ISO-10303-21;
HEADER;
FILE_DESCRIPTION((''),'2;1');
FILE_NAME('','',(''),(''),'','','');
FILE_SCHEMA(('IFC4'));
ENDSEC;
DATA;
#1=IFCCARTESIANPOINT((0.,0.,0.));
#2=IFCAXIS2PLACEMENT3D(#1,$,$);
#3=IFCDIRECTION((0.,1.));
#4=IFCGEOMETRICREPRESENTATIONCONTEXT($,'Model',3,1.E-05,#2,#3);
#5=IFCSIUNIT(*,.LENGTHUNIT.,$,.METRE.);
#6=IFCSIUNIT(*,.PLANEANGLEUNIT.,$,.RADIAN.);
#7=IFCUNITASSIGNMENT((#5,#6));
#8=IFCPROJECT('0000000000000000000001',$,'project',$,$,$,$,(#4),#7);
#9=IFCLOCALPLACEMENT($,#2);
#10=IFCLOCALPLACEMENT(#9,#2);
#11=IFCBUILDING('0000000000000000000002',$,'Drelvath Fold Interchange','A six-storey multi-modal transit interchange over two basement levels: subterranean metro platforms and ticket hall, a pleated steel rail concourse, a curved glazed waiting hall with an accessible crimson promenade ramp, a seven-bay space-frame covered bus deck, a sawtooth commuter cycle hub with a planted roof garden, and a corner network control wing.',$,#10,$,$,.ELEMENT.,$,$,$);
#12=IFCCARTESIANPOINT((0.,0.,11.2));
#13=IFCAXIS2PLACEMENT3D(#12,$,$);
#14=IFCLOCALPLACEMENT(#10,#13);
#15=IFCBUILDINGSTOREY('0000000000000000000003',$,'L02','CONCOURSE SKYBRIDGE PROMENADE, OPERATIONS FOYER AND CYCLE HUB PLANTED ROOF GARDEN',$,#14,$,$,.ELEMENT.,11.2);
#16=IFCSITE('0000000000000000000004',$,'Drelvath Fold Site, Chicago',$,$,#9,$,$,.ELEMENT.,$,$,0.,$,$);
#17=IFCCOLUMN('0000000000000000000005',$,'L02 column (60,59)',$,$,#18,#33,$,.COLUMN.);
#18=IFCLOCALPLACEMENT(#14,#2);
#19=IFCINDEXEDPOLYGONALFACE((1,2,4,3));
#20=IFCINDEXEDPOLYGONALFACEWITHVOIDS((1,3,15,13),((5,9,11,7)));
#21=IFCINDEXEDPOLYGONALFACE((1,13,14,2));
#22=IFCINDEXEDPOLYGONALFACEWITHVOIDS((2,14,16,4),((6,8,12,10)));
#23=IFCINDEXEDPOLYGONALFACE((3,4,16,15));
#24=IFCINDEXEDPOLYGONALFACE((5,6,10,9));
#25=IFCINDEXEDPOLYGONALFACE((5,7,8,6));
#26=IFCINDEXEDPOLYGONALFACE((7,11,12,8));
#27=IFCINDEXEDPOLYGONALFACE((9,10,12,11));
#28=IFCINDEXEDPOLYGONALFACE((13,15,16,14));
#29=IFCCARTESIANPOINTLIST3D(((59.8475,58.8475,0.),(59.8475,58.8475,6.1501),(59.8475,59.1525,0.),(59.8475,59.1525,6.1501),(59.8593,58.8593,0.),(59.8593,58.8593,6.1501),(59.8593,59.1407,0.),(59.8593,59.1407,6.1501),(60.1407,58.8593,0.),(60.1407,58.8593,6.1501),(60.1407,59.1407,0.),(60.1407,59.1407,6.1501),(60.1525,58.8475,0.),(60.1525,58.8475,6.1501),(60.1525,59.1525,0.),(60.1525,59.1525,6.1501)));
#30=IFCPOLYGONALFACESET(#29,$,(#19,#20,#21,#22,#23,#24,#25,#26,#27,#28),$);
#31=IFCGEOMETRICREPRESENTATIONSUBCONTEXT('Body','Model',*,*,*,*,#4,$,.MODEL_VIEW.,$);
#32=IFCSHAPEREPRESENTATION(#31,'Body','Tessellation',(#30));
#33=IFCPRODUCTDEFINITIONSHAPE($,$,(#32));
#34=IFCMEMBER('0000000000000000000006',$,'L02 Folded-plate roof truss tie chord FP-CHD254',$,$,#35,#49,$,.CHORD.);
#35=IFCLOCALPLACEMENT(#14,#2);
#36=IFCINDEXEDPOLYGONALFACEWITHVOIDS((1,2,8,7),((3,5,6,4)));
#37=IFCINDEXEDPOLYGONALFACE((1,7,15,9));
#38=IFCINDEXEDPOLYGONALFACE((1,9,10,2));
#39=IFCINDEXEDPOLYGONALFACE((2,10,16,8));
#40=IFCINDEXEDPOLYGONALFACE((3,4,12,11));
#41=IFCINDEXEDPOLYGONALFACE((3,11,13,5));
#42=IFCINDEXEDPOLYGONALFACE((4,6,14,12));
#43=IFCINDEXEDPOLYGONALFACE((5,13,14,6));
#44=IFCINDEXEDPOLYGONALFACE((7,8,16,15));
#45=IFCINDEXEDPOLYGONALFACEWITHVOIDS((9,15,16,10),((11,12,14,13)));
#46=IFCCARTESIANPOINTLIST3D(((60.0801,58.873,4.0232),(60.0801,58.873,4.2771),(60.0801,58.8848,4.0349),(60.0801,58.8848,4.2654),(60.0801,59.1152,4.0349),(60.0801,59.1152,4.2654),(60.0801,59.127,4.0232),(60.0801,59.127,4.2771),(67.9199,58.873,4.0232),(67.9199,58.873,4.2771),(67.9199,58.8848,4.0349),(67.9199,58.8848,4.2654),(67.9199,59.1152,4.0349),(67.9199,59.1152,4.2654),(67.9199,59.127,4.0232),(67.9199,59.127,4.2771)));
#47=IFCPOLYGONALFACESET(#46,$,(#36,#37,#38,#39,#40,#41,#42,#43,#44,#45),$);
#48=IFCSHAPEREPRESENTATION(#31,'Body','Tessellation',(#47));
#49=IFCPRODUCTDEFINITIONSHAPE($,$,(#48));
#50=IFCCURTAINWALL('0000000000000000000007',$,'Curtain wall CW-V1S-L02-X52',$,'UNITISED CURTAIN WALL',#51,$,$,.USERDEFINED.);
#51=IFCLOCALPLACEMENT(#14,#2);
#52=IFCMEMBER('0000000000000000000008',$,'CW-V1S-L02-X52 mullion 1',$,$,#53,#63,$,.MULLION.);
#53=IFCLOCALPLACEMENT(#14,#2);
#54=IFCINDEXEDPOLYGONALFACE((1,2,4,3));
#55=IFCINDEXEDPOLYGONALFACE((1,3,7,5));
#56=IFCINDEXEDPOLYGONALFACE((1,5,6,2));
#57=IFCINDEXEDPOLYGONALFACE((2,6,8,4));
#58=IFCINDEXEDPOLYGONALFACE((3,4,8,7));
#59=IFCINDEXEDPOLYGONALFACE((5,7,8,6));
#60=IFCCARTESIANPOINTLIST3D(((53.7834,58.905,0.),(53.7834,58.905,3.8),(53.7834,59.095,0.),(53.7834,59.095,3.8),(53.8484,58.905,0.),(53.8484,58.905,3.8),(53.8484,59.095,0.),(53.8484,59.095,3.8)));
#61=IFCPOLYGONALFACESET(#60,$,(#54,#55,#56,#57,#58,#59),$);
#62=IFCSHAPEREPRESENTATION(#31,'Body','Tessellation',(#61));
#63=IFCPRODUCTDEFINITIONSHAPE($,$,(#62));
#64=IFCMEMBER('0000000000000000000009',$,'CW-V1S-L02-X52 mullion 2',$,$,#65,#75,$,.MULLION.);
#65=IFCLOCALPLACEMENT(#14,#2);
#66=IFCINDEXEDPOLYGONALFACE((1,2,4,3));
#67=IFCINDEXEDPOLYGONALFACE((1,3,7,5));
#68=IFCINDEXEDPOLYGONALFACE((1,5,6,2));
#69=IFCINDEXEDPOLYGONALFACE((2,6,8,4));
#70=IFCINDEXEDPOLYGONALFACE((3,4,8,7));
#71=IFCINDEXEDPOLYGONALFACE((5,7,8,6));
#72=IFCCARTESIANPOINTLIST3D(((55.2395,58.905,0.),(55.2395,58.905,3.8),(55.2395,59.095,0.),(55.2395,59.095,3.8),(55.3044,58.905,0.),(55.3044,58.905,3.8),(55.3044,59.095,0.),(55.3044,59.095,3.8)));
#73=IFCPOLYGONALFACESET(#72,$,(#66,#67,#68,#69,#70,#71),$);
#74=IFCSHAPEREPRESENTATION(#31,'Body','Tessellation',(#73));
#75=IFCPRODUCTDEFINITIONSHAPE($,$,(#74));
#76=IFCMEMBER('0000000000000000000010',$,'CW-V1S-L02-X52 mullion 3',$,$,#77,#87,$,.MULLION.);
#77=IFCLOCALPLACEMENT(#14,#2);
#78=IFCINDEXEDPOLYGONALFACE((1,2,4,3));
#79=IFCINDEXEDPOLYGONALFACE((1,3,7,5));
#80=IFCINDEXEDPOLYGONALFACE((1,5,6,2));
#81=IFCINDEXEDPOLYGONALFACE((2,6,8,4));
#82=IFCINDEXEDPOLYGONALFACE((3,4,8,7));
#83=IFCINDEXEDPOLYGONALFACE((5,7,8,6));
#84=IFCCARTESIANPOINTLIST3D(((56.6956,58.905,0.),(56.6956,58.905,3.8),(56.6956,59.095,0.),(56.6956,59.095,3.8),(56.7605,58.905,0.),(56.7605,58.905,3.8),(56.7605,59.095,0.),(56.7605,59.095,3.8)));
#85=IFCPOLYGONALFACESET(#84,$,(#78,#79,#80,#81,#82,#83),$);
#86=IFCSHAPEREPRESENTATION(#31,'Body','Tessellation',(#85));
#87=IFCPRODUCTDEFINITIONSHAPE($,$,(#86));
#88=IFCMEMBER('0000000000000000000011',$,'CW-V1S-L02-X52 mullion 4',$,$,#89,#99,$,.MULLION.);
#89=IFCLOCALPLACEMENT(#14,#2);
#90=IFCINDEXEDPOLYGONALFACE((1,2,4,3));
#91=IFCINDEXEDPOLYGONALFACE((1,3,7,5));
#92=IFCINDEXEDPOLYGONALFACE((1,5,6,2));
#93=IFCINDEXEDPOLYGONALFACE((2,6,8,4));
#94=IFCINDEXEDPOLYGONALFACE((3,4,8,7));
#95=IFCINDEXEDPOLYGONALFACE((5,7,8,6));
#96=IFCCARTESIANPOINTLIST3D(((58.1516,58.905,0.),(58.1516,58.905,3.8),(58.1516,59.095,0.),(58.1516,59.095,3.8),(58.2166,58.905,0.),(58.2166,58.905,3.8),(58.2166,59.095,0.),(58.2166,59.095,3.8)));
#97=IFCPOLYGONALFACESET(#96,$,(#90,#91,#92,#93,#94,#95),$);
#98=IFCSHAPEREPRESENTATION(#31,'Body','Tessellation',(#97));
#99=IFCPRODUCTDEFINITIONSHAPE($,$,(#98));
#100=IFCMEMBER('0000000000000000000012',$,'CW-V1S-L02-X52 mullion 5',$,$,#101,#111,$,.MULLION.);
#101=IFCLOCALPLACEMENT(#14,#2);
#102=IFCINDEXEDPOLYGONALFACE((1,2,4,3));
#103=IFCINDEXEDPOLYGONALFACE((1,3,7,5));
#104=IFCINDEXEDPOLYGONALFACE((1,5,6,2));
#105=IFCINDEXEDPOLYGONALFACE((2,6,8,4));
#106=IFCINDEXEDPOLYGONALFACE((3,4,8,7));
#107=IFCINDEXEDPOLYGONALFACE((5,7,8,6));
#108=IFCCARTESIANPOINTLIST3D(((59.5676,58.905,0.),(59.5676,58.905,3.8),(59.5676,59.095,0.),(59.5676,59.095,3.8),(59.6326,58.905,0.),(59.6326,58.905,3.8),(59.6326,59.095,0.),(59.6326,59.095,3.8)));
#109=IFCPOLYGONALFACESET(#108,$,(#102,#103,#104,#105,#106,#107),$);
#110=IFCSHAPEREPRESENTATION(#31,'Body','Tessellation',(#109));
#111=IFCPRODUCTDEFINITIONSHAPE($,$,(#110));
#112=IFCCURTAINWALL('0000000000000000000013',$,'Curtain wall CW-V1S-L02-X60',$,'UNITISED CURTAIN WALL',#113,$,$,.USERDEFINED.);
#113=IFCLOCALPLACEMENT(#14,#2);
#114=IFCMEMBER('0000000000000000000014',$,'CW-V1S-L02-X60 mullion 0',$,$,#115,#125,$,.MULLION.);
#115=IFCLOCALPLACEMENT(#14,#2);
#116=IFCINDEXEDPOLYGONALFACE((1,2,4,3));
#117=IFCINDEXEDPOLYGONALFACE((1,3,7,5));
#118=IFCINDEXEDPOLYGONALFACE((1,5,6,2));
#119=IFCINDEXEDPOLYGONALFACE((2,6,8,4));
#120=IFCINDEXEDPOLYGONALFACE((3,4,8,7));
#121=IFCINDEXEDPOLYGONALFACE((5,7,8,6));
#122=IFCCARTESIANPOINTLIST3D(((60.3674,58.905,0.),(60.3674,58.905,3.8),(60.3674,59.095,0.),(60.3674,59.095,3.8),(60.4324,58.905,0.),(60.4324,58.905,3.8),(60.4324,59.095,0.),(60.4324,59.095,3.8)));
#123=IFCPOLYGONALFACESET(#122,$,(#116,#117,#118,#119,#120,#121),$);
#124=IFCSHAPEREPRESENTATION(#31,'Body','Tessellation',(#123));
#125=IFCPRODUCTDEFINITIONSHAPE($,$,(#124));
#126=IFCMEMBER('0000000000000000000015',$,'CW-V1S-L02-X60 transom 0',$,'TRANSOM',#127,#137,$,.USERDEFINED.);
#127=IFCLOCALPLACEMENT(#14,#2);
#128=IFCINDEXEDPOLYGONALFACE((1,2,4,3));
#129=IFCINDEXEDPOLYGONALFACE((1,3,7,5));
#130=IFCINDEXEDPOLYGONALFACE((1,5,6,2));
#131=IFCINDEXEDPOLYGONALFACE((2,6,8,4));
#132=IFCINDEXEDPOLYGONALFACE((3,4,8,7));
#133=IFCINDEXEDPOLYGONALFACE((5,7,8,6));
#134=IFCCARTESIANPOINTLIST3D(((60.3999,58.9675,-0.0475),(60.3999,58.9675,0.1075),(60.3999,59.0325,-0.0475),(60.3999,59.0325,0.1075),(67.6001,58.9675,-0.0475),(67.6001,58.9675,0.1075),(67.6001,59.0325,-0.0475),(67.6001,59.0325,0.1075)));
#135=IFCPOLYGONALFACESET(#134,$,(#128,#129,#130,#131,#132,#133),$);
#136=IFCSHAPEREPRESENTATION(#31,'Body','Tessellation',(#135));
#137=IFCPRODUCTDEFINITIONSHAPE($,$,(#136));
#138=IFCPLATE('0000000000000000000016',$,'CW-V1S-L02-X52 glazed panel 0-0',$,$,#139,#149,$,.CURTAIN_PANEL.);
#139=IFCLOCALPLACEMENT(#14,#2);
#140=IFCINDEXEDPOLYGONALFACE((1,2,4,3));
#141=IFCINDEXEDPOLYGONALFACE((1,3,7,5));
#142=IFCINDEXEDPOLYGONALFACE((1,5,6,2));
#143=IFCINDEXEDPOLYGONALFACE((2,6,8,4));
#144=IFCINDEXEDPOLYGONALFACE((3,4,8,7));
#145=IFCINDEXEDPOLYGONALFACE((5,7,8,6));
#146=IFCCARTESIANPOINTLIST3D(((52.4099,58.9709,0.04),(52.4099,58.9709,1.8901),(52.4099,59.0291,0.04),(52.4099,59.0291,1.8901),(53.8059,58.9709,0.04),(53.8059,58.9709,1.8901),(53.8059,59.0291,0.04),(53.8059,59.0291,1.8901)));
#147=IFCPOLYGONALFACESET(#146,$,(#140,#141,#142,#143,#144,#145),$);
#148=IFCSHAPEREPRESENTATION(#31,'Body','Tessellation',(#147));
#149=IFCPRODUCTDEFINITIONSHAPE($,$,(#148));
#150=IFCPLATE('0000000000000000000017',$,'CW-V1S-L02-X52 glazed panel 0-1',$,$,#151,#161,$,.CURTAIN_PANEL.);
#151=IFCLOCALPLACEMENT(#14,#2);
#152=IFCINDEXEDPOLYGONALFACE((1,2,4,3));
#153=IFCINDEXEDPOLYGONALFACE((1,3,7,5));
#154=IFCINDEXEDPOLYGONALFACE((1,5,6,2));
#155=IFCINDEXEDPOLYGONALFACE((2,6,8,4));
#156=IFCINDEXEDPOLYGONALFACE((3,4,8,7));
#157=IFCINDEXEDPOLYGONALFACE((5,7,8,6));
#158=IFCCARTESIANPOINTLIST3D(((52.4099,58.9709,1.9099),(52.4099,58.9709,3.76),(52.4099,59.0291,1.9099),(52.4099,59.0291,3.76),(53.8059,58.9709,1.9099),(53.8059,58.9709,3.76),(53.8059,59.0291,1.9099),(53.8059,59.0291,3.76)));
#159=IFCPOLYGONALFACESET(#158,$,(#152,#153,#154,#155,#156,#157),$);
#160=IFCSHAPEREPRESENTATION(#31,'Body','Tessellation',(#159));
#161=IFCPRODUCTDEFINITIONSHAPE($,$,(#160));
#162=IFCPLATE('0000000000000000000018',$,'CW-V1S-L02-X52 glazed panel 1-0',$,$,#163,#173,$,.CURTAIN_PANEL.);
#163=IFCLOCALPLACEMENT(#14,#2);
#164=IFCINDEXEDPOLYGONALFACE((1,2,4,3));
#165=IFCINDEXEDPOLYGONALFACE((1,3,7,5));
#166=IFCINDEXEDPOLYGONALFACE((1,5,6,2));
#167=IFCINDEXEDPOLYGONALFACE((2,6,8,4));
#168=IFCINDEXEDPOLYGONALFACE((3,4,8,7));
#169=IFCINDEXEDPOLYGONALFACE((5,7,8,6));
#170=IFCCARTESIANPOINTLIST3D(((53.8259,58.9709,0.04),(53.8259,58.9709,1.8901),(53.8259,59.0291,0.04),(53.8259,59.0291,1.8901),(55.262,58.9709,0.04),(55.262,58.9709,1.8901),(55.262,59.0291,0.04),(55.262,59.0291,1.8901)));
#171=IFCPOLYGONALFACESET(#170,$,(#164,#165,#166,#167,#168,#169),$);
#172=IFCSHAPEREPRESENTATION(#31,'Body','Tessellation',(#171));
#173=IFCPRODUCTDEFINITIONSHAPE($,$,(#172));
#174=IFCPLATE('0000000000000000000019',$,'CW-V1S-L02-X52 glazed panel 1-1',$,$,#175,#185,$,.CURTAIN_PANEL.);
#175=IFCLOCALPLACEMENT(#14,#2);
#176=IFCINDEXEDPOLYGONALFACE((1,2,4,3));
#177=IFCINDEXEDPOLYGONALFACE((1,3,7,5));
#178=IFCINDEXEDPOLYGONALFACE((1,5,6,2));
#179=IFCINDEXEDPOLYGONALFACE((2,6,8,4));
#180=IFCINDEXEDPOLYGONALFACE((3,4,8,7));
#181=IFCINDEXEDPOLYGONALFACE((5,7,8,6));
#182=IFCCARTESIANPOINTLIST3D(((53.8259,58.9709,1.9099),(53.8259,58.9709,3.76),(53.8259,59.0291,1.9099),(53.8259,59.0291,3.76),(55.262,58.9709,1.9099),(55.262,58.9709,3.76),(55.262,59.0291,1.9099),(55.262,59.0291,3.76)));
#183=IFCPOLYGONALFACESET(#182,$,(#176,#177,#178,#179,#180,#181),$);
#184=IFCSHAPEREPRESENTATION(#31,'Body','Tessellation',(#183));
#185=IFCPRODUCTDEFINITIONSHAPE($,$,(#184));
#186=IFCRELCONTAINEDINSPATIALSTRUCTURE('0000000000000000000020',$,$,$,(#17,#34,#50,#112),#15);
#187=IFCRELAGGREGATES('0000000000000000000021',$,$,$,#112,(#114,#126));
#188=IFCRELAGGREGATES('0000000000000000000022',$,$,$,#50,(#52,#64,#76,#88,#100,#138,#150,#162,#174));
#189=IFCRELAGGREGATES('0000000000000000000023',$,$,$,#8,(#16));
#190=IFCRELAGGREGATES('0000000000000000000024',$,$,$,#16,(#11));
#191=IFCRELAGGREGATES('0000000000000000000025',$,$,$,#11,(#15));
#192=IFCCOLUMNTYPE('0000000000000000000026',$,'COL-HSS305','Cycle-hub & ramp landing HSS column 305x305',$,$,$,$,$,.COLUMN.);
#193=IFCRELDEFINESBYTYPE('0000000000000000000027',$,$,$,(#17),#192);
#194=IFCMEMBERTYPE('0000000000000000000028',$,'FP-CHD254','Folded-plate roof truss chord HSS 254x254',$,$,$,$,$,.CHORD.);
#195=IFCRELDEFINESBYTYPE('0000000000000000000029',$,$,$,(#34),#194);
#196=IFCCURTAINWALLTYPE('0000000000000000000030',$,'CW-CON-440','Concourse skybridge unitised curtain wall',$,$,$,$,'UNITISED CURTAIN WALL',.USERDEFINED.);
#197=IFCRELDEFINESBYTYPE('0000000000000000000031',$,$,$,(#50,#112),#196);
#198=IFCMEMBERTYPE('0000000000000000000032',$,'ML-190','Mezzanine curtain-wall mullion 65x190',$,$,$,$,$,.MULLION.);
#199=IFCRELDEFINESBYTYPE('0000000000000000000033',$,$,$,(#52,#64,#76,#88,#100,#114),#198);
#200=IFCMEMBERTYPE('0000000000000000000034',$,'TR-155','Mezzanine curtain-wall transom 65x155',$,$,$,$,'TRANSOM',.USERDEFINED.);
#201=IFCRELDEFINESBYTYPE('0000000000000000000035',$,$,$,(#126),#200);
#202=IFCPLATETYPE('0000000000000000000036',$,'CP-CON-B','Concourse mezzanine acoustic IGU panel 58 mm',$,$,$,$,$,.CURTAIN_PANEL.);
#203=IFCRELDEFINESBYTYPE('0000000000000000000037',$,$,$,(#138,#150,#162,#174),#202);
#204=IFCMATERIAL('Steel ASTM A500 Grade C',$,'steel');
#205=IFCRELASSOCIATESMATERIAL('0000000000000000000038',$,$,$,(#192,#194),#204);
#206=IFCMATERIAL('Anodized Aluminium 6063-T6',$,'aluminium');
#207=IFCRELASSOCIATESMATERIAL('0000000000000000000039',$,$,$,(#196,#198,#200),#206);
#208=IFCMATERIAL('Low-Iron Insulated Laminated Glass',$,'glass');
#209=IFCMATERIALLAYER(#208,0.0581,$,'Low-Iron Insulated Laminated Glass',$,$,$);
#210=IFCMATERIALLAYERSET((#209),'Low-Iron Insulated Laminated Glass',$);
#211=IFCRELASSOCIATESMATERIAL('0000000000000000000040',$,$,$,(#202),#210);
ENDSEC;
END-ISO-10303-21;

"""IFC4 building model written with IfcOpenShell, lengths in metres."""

from ifc_helpers import new_model, si_unit, direction, frame, origin, origin_2d, place, context, subcontext, project, spatial, rectangle, hollow_rectangle, extrude, material, layer, layer_set, material_profile, profile_set, type_object, element, aggregate, save


model = new_model("IFC4")

# Units and contexts
model_context = context("Model", 3, precision=1e-05, world=origin(), true_north=direction((0.0, 1.0)))
body_context = subcontext(model_context, "Body", "Model", "MODEL_VIEW")
ifc_project = project(units=[si_unit("LENGTHUNIT", "METRE"), si_unit("PLANEANGLEUNIT", "RADIAN")], contexts=[model_context])

# Site, building, storey
site_placement = place(None, origin())
site = spatial("IfcSite", under=ifc_project, at=site_placement, Name="Drelvath Fold Site, Chicago", CompositionType="ELEMENT", RefElevation=0.0)
building_placement = place(site_placement, origin())
building = spatial("IfcBuilding", under=site, at=building_placement, Name="Drelvath Fold Interchange", Description="A six-storey multi-modal transit interchange over two basement levels: subterranean metro platforms and ticket hall, a pleated steel rail concourse, a curved glazed waiting hall with an accessible crimson promenade ramp, a seven-bay space-frame covered bus deck, a sawtooth commuter cycle hub with a planted roof garden, and a corner network control wing.", CompositionType="ELEMENT")
storey_placement = place(building_placement, frame((0.0, 0.0, 11.2)))
storey = spatial("IfcBuildingStorey", under=building, at=storey_placement, Name="L02", Description="CONCOURSE SKYBRIDGE PROMENADE, OPERATIONS FOYER AND CYCLE HUB PLANTED ROOF GARDEN", CompositionType="ELEMENT", Elevation=11.2)

# Column
ifc_material_1 = material(Name="Steel ASTM A500 Grade C", Category="steel")
ifc_material_profile_1 = material_profile(ifc_material_1, hollow_rectangle(XDim=0.3049, YDim=0.3049, WallThickness=0.0117, at=origin_2d()), Name="HSS12X12X1/2")
ifc_profile_set_1 = profile_set([ifc_material_profile_1], Name="Steel ASTM A500 Grade C")
column_type = type_object("IfcColumnType", Name="COL-HSS305", Description="Cycle-hub & ramp landing HSS column 305x305", PredefinedType="COLUMN", material=ifc_profile_set_1)
column_placement = place(storey_placement, frame((60.0, 59.0, 0.0), z_axis=(0.0, 0.0, 1.0), x_axis=(1.0, 0.0, 0.0)))
element("IfcColumn", 1, at=column_placement, inside=storey, type_object=column_type, Name="L02 column (60,59)", PredefinedType="COLUMN", context=body_context, shape_type="SweptSolid", body=[
    extrude(hollow_rectangle(XDim=0.3049, YDim=0.3049, WallThickness=0.0117, at=origin_2d()), origin(), (0.0, 0.0, 1.0), 6.1501),
])

# Member
ifc_material_profile_2 = material_profile(ifc_material_1, hollow_rectangle(XDim=0.2539, YDim=0.2539, WallThickness=0.0117, at=origin_2d()), Name="HSS10X10X1/2")
ifc_profile_set_2 = profile_set([ifc_material_profile_2], Name="Steel ASTM A500 Grade C")
member_type_1 = type_object("IfcMemberType", Name="FP-CHD254", Description="Folded-plate roof truss chord HSS 254x254", PredefinedType="CHORD", material=ifc_profile_set_2)
member_1_placement = place(storey_placement, frame((60.0801, 59.0, 4.1501), z_axis=(1.0, 0.0, 0.0), x_axis=(0.0, 1.0, 0.0)))
element("IfcMember", 2, at=member_1_placement, inside=storey, type_object=member_type_1, Name="L02 Folded-plate roof truss tie chord FP-CHD254", PredefinedType="CHORD", context=body_context, shape_type="SweptSolid", body=[
    extrude(hollow_rectangle(XDim=0.2539, YDim=0.2539, WallThickness=0.0117, at=origin_2d()), origin(), (0.0, 0.0, 1.0), 7.8398),
])

# Curtain walls, members
ifc_material_2 = material(Name="Anodized Aluminium 6063-T6", Category="aluminium")
curtain_wall_type = type_object("IfcCurtainWallType", Name="CW-CON-440", Description="Concourse skybridge unitised curtain wall", ElementType="UNITISED CURTAIN WALL", PredefinedType="USERDEFINED", material=ifc_material_2)
curtain_wall_1_placement = place(storey_placement, origin())
curtain_wall_1 = element("IfcCurtainWall", 3, at=curtain_wall_1_placement, inside=storey, type_object=curtain_wall_type, Name="Curtain wall CW-V1S-L02-X52", ObjectType="UNITISED CURTAIN WALL", PredefinedType="USERDEFINED")
ifc_material_profile_3 = material_profile(ifc_material_2, rectangle(XDim=0.0649, YDim=0.1899, at=origin_2d()), Name="AL-M 65x190")
ifc_profile_set_3 = profile_set([ifc_material_profile_3], Name="Anodized Aluminium 6063-T6")
member_type_2 = type_object("IfcMemberType", Name="ML-190", Description="Mezzanine curtain-wall mullion 65x190", PredefinedType="MULLION", material=ifc_profile_set_3)
member_2_placement = place(storey_placement, frame((53.8159, 59.0, 0.0), z_axis=(0.0, 0.0, 1.0), x_axis=(1.0, 0.0, 0.0)))
member_2 = element("IfcMember", 4, at=member_2_placement, type_object=member_type_2, Name="CW-V1S-L02-X52 mullion 1", PredefinedType="MULLION", context=body_context, shape_type="SweptSolid", body=[
    extrude(rectangle(XDim=0.0649, YDim=0.1899, at=origin_2d()), origin(), (0.0, 0.0, 1.0), 3.8),
])
member_3_placement = place(storey_placement, frame((55.272, 59.0, 0.0), z_axis=(0.0, 0.0, 1.0), x_axis=(1.0, 0.0, 0.0)))
member_3 = element("IfcMember", 5, at=member_3_placement, type_object=member_type_2, Name="CW-V1S-L02-X52 mullion 2", PredefinedType="MULLION", context=body_context, shape_type="SweptSolid", body=[
    extrude(rectangle(XDim=0.0649, YDim=0.1899, at=origin_2d()), origin(), (0.0, 0.0, 1.0), 3.8),
])
member_4_placement = place(storey_placement, frame((56.728, 59.0, 0.0), z_axis=(0.0, 0.0, 1.0), x_axis=(1.0, 0.0, 0.0)))
member_4 = element("IfcMember", 6, at=member_4_placement, type_object=member_type_2, Name="CW-V1S-L02-X52 mullion 3", PredefinedType="MULLION", context=body_context, shape_type="SweptSolid", body=[
    extrude(rectangle(XDim=0.0649, YDim=0.1899, at=origin_2d()), origin(), (0.0, 0.0, 1.0), 3.8),
])
member_5_placement = place(storey_placement, frame((58.1841, 59.0, 0.0), z_axis=(0.0, 0.0, 1.0), x_axis=(1.0, 0.0, 0.0)))
member_5 = element("IfcMember", 7, at=member_5_placement, type_object=member_type_2, Name="CW-V1S-L02-X52 mullion 4", PredefinedType="MULLION", context=body_context, shape_type="SweptSolid", body=[
    extrude(rectangle(XDim=0.0649, YDim=0.1899, at=origin_2d()), origin(), (0.0, 0.0, 1.0), 3.8),
])
member_6_placement = place(storey_placement, frame((59.6001, 59.0, 0.0), z_axis=(0.0, 0.0, 1.0), x_axis=(1.0, 0.0, 0.0)))
member_6 = element("IfcMember", 8, at=member_6_placement, type_object=member_type_2, Name="CW-V1S-L02-X52 mullion 5", PredefinedType="MULLION", context=body_context, shape_type="SweptSolid", body=[
    extrude(rectangle(XDim=0.0649, YDim=0.1899, at=origin_2d()), origin(), (0.0, 0.0, 1.0), 3.8),
])
curtain_wall_2_placement = place(storey_placement, origin())
curtain_wall_2 = element("IfcCurtainWall", 9, at=curtain_wall_2_placement, inside=storey, type_object=curtain_wall_type, Name="Curtain wall CW-V1S-L02-X60", ObjectType="UNITISED CURTAIN WALL", PredefinedType="USERDEFINED")
member_7_placement = place(storey_placement, frame((60.3999, 59.0, 0.0), z_axis=(0.0, 0.0, 1.0), x_axis=(1.0, 0.0, 0.0)))
member_7 = element("IfcMember", 10, at=member_7_placement, type_object=member_type_2, Name="CW-V1S-L02-X60 mullion 0", PredefinedType="MULLION", context=body_context, shape_type="SweptSolid", body=[
    extrude(rectangle(XDim=0.0649, YDim=0.1899, at=origin_2d()), origin(), (0.0, 0.0, 1.0), 3.8),
])
ifc_material_profile_4 = material_profile(ifc_material_2, rectangle(XDim=0.0649, YDim=0.155, at=origin_2d()), Name="AL-T 65x155")
ifc_profile_set_4 = profile_set([ifc_material_profile_4], Name="Anodized Aluminium 6063-T6")
member_type_3 = type_object("IfcMemberType", Name="TR-155", Description="Mezzanine curtain-wall transom 65x155", ElementType="TRANSOM", PredefinedType="USERDEFINED", material=ifc_profile_set_4)
member_8_placement = place(storey_placement, frame((60.3999, 59.0, 0.03), z_axis=(1.0, 0.0, 0.0), x_axis=(0.0, 1.0, 0.0)))
member_8 = element("IfcMember", 11, at=member_8_placement, type_object=member_type_3, Name="CW-V1S-L02-X60 transom 0", ObjectType="TRANSOM", PredefinedType="USERDEFINED", context=body_context, shape_type="SweptSolid", body=[
    extrude(rectangle(XDim=0.0649, YDim=0.155, at=origin_2d()), origin(), (0.0, 0.0, 1.0), 7.2002),
])
aggregate(curtain_wall_2, [member_7, member_8])

# Plates
ifc_material_3 = material(Name="Low-Iron Insulated Laminated Glass", Category="glass")
ifc_layer = layer(ifc_material_3, 0.0581, Name="Low-Iron Insulated Laminated Glass")
ifc_layer_set = layer_set([ifc_layer], Name="Low-Iron Insulated Laminated Glass")
plate_type = type_object("IfcPlateType", Name="CP-CON-B", Description="Concourse mezzanine acoustic IGU panel 58 mm", PredefinedType="CURTAIN_PANEL", material=ifc_layer_set)
plate_1_placement = place(storey_placement, frame((53.1079, 59.0, 0.04), z_axis=(0.0, 0.0, 1.0), x_axis=(1.0, 0.0, 0.0)))
plate_1 = element("IfcPlate", 12, at=plate_1_placement, type_object=plate_type, Name="CW-V1S-L02-X52 glazed panel 0-0", PredefinedType="CURTAIN_PANEL", context=body_context, shape_type="SweptSolid", body=[
    extrude(rectangle(XDim=1.396, YDim=0.0581, at=origin_2d()), origin(), (0.0, 0.0, 1.0), 1.8501),
])
plate_2_placement = place(storey_placement, frame((53.1079, 59.0, 1.9099), z_axis=(0.0, 0.0, 1.0), x_axis=(1.0, 0.0, 0.0)))
plate_2 = element("IfcPlate", 13, at=plate_2_placement, type_object=plate_type, Name="CW-V1S-L02-X52 glazed panel 0-1", PredefinedType="CURTAIN_PANEL", context=body_context, shape_type="SweptSolid", body=[
    extrude(rectangle(XDim=1.396, YDim=0.0581, at=origin_2d()), origin(), (0.0, 0.0, 1.0), 1.8501),
])
plate_3_placement = place(storey_placement, frame((54.5439, 59.0, 0.04), z_axis=(0.0, 0.0, 1.0), x_axis=(1.0, 0.0, 0.0)))
plate_3 = element("IfcPlate", 14, at=plate_3_placement, type_object=plate_type, Name="CW-V1S-L02-X52 glazed panel 1-0", PredefinedType="CURTAIN_PANEL", context=body_context, shape_type="SweptSolid", body=[
    extrude(rectangle(XDim=1.436, YDim=0.0581, at=origin_2d()), origin(), (0.0, 0.0, 1.0), 1.8501),
])
plate_4_placement = place(storey_placement, frame((54.5439, 59.0, 1.9099), z_axis=(0.0, 0.0, 1.0), x_axis=(1.0, 0.0, 0.0)))
plate_4 = element("IfcPlate", 15, at=plate_4_placement, type_object=plate_type, Name="CW-V1S-L02-X52 glazed panel 1-1", PredefinedType="CURTAIN_PANEL", context=body_context, shape_type="SweptSolid", body=[
    extrude(rectangle(XDim=1.436, YDim=0.0581, at=origin_2d()), origin(), (0.0, 0.0, 1.0), 1.8501),
])
aggregate(curtain_wall_1, [member_2, member_3, member_4, member_5, member_6, plate_1, plate_2, plate_3, plate_4])

save(model, "model.ifc")
